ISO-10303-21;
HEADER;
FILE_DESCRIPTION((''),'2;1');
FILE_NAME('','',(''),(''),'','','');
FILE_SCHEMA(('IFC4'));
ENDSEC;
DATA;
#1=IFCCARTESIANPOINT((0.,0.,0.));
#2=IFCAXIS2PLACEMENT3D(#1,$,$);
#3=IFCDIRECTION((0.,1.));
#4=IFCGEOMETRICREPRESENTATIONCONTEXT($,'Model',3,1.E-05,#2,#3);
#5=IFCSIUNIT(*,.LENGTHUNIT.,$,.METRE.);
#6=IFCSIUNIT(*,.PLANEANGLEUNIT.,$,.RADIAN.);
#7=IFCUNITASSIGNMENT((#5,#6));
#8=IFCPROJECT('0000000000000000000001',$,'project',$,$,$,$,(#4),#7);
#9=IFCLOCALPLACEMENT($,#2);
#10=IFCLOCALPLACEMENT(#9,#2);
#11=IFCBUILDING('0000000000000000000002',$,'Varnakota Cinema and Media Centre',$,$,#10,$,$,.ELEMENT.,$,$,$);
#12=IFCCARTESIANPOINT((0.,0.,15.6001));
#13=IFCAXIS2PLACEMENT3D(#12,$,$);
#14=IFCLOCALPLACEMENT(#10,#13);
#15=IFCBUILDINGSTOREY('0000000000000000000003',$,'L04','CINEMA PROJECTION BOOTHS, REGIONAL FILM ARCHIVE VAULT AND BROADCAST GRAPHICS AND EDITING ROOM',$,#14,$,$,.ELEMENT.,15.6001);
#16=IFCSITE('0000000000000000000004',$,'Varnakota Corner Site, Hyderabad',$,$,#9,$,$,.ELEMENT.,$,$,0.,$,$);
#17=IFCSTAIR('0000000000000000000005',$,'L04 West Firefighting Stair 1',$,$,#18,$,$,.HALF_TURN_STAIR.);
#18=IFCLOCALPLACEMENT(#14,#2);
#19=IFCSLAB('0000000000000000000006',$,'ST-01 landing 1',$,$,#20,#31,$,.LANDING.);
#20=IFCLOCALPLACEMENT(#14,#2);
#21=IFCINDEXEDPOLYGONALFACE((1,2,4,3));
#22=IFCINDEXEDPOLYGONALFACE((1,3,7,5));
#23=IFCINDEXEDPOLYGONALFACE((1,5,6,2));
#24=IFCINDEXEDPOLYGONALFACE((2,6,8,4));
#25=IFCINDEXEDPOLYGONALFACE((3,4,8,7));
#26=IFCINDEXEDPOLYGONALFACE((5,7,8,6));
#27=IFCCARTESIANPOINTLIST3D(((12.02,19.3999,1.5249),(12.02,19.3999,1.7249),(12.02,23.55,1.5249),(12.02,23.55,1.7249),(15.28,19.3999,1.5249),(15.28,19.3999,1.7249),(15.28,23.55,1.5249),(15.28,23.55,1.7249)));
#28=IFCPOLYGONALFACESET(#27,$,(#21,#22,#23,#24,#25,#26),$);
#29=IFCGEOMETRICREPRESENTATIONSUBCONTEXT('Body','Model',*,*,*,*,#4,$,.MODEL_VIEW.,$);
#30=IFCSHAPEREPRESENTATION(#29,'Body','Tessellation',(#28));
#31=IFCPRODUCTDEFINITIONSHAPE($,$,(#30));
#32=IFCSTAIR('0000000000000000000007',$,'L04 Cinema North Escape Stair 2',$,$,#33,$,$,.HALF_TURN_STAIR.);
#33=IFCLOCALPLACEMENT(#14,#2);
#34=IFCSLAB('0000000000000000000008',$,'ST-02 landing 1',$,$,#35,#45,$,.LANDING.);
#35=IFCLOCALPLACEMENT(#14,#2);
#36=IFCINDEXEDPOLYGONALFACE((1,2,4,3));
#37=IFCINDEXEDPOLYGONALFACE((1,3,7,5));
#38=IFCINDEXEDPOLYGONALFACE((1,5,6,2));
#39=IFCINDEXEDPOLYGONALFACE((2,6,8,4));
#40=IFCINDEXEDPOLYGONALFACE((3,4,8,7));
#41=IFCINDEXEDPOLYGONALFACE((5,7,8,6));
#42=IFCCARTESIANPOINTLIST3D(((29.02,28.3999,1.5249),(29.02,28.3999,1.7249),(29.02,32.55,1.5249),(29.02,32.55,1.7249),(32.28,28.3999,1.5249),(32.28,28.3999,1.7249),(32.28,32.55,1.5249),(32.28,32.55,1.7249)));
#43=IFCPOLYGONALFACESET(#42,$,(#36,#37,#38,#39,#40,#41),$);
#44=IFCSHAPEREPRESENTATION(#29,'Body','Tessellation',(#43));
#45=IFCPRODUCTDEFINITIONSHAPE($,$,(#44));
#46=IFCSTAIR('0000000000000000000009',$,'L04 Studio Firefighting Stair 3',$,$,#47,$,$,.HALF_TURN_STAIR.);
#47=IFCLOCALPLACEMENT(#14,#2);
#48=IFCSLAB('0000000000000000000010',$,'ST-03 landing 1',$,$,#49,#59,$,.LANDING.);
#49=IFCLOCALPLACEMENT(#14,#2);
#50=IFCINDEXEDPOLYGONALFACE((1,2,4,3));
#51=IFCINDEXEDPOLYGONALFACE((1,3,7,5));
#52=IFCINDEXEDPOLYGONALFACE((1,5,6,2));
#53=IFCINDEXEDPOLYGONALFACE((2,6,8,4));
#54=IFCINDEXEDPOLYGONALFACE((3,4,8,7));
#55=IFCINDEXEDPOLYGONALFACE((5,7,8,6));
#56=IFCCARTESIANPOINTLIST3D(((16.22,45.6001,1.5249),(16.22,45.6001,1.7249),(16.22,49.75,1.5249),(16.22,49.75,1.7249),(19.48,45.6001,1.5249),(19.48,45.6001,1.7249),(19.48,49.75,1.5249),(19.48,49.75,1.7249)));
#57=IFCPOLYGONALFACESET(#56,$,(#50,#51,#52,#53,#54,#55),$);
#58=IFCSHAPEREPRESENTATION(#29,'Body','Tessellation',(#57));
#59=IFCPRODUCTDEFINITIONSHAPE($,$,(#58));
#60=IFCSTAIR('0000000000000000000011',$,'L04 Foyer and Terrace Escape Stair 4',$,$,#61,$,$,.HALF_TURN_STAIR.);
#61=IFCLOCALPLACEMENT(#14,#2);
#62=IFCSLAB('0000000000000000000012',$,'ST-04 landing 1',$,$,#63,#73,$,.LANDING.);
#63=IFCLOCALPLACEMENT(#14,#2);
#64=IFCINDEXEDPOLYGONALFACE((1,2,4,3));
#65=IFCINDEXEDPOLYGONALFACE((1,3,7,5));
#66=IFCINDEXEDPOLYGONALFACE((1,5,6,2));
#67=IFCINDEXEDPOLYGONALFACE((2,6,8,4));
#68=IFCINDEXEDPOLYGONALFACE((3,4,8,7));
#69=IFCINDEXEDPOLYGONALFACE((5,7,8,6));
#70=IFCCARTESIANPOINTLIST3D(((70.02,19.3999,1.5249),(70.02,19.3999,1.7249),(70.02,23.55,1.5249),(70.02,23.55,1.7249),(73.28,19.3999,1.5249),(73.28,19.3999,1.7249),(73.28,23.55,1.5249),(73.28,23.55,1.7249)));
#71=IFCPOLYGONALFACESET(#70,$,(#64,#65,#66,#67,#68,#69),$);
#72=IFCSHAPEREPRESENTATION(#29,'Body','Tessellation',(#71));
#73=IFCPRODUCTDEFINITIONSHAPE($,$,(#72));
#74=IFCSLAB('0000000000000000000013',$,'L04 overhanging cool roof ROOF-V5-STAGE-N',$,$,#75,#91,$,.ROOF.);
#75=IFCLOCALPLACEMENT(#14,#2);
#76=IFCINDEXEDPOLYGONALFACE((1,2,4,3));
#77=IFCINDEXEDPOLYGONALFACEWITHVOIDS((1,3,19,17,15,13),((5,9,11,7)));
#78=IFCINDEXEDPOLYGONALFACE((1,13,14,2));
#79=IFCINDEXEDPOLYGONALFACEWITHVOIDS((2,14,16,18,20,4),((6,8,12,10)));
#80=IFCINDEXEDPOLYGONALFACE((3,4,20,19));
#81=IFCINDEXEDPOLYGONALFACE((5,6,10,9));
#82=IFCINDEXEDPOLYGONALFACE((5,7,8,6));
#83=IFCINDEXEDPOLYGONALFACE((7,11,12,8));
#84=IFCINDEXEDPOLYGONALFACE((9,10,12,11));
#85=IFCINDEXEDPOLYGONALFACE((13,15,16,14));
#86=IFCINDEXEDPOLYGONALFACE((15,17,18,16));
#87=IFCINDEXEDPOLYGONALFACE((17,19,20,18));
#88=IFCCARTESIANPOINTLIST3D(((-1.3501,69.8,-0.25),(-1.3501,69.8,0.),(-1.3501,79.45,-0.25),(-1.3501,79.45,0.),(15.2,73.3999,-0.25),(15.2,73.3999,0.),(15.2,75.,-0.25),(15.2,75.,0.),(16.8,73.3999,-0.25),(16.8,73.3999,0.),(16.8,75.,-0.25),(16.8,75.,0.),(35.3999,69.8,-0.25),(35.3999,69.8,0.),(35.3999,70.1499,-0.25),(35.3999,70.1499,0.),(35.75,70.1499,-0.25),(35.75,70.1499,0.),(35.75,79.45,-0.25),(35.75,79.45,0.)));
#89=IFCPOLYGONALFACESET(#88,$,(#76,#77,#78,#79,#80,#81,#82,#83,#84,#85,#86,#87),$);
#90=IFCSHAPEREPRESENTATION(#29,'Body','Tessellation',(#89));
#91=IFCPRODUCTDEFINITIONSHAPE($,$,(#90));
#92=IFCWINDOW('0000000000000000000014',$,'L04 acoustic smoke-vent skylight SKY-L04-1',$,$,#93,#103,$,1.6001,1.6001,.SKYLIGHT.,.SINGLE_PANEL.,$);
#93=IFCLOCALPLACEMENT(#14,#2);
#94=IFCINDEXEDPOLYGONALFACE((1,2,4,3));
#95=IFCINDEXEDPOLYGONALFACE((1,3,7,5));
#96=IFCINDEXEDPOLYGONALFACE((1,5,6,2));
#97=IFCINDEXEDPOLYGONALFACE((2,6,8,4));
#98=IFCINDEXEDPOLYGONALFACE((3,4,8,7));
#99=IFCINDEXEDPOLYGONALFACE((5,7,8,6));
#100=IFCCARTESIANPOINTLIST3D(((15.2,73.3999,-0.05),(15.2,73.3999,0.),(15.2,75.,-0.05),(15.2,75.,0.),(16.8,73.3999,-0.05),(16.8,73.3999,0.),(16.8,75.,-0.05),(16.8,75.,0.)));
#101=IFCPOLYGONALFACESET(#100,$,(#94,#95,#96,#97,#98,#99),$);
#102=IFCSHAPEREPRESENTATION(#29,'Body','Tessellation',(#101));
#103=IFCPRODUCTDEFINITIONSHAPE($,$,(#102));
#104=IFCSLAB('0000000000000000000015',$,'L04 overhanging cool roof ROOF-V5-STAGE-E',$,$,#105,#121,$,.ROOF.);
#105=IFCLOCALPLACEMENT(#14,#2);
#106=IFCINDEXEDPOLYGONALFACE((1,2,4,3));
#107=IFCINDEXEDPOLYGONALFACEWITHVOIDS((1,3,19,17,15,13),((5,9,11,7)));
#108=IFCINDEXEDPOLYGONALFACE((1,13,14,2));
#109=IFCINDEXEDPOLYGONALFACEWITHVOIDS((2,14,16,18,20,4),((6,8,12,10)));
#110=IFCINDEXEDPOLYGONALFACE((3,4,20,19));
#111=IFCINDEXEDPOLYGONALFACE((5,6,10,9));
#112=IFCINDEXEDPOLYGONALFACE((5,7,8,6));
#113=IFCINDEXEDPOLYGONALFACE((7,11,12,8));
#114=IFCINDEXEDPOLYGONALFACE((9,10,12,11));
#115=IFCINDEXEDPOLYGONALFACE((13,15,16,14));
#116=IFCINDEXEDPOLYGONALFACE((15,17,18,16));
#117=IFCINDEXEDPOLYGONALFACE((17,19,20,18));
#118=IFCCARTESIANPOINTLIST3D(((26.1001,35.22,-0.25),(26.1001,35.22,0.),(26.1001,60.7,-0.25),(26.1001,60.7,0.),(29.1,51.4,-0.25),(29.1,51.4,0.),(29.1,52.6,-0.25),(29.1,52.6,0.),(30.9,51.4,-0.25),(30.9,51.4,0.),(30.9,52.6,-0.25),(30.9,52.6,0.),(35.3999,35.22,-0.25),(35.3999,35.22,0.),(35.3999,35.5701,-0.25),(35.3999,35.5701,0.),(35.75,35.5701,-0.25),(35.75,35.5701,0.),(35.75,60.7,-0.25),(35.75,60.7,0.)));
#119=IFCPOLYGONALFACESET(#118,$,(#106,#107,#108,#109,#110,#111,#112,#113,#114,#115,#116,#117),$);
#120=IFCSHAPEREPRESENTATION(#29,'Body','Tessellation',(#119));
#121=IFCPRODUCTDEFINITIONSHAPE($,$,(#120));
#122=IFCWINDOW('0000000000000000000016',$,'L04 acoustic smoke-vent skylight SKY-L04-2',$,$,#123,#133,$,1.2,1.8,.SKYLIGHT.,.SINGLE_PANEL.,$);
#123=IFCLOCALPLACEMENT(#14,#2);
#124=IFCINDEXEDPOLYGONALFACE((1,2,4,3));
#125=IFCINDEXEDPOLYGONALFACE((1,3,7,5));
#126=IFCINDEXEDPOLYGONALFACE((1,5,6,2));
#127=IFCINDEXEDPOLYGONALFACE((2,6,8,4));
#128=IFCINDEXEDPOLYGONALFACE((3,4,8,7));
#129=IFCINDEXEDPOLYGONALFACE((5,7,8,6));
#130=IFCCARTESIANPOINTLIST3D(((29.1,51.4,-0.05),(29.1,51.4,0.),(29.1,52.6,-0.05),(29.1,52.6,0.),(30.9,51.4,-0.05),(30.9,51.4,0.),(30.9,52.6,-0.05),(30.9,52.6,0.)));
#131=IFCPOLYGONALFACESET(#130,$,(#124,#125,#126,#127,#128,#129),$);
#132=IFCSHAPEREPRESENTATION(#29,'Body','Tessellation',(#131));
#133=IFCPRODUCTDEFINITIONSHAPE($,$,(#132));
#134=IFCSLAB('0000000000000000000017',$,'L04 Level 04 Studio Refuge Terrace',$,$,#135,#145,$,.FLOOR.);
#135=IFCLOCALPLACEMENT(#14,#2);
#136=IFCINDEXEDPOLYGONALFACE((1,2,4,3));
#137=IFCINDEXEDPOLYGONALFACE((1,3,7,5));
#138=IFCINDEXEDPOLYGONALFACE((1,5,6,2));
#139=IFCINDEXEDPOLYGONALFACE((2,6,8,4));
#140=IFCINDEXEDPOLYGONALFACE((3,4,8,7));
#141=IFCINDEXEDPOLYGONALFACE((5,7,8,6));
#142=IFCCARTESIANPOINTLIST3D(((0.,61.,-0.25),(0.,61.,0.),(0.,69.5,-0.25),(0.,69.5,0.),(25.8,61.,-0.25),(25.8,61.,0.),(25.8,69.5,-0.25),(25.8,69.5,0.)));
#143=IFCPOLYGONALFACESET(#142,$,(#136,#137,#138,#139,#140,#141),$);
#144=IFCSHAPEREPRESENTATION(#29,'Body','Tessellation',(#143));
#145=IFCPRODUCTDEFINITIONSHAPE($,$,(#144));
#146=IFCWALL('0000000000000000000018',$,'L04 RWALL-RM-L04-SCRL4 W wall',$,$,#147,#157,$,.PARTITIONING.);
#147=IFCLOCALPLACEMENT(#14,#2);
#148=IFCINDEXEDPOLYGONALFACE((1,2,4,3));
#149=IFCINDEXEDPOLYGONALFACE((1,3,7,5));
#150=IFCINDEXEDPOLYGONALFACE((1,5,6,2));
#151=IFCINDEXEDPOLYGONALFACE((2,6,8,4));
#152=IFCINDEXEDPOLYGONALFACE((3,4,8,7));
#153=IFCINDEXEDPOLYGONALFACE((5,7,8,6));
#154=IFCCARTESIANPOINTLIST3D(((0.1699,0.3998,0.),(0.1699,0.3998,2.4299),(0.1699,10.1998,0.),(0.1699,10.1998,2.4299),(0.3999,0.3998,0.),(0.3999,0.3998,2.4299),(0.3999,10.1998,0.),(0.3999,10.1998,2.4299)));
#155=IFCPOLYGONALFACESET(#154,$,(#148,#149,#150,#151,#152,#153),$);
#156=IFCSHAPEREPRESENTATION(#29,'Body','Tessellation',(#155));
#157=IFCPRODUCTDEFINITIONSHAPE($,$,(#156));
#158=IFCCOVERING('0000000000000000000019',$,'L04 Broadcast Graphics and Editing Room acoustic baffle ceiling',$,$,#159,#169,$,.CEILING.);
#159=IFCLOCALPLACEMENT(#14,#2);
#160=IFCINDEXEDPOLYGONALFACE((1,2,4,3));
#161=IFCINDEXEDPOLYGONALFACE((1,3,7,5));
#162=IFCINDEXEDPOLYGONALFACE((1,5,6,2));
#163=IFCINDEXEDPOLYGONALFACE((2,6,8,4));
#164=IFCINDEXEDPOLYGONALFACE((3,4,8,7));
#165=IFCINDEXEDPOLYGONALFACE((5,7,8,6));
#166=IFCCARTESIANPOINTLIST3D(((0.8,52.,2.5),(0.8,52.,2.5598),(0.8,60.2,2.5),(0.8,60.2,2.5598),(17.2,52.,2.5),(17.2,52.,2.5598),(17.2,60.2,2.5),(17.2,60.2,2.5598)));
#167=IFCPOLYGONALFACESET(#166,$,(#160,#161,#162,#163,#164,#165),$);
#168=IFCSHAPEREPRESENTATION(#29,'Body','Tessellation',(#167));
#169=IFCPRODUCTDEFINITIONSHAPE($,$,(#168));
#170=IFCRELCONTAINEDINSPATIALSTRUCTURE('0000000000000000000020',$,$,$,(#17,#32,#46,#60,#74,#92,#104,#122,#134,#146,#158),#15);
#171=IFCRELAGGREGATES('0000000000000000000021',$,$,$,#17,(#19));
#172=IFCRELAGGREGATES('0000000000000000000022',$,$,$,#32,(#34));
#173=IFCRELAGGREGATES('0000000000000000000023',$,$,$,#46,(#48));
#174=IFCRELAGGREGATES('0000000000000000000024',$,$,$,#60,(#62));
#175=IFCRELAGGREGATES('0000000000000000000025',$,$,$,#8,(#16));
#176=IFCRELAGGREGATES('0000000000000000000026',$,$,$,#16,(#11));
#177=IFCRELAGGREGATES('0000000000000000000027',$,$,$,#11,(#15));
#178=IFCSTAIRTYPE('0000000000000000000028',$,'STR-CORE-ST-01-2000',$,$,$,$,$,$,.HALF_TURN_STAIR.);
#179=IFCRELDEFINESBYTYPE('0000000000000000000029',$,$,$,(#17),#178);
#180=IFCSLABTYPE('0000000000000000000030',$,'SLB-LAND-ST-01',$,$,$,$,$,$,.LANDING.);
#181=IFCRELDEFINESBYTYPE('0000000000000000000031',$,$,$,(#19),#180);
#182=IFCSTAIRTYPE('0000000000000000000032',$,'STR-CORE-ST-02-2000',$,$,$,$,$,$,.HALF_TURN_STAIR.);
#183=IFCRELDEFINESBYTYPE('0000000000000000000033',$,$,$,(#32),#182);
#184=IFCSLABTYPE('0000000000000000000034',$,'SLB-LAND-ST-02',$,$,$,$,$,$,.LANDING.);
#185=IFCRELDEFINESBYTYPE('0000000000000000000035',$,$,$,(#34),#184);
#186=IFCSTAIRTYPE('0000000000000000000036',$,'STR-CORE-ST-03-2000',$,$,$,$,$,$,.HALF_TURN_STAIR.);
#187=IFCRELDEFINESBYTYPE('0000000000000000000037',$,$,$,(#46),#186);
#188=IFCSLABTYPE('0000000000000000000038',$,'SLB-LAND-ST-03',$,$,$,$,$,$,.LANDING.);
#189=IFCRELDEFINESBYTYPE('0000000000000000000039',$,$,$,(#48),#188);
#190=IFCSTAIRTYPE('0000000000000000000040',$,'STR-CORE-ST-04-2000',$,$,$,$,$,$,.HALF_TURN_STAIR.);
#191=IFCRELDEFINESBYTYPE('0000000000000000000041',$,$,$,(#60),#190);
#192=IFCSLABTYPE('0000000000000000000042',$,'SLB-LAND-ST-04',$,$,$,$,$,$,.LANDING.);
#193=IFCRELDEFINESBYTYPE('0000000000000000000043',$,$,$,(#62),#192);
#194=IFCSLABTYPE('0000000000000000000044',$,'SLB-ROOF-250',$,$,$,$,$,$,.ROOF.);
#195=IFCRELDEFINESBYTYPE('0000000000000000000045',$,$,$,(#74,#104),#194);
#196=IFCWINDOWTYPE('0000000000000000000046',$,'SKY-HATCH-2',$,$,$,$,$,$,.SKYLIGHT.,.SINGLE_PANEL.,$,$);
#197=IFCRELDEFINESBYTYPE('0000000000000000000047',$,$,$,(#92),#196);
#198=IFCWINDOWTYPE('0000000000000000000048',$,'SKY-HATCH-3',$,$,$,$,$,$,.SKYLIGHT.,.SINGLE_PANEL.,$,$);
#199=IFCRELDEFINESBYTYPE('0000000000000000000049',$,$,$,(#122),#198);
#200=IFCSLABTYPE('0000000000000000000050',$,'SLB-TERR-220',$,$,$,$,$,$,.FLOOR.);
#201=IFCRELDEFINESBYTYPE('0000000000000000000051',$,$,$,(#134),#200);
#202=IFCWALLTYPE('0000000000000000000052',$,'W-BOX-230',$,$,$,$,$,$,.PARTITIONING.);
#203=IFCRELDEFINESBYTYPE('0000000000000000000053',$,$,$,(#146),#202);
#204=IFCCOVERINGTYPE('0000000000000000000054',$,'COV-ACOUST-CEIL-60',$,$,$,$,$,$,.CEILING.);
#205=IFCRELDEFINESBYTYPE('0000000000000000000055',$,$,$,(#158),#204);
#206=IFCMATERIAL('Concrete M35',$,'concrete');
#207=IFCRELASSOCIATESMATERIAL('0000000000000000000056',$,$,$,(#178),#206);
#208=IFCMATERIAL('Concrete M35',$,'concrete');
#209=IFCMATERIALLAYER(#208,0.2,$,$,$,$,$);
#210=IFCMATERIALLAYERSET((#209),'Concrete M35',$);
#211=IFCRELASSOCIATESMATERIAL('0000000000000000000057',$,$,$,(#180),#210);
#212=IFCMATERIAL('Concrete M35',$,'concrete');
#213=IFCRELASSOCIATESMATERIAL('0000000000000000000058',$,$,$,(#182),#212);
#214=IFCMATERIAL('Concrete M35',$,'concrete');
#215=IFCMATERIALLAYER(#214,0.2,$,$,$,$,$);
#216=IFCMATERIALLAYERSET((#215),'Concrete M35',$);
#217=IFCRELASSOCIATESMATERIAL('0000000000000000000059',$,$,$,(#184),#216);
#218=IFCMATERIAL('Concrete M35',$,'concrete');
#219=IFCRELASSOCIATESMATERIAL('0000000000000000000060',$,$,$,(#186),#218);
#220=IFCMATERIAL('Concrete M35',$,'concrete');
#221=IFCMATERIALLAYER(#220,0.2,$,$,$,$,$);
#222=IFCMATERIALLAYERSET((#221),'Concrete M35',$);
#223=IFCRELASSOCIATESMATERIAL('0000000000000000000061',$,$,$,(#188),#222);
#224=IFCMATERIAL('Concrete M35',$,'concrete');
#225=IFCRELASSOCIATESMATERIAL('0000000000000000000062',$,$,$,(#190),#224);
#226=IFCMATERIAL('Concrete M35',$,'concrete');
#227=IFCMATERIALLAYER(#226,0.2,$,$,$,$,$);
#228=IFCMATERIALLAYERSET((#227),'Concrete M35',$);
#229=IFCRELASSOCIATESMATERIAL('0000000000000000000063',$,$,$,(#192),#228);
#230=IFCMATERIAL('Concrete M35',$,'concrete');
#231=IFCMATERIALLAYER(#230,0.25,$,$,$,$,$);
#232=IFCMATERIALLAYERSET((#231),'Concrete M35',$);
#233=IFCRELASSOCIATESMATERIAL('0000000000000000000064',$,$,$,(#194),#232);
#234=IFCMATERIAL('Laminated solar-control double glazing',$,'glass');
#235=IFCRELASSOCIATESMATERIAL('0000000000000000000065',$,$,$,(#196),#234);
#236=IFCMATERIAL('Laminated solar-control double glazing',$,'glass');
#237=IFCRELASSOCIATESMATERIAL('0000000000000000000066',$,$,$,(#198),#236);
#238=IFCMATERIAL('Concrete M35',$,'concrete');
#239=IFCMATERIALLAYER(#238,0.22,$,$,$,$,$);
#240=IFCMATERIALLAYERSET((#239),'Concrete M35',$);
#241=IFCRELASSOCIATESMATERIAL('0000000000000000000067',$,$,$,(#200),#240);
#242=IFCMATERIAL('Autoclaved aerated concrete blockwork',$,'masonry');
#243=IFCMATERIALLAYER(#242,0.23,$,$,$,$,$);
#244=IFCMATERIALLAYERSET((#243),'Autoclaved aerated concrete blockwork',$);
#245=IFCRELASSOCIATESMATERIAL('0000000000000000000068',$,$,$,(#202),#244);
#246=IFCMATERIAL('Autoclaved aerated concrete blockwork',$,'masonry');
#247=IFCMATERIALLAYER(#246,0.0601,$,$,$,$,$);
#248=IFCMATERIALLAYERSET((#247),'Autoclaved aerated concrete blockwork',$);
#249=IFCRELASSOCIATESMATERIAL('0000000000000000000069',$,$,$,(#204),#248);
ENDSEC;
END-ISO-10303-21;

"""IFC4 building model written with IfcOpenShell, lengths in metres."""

from ifc_helpers import new_model, si_unit, direction, frame, frame_2d, origin, origin_2d, place, context, subcontext, project, spatial, polyline, rectangle, outline, extrude, material, layer, layer_set, type_object, element, fill, aggregate, save


model = new_model("IFC4")

# Units and contexts
model_context = context("Model", 3, precision=1e-05, world=origin(), true_north=direction((0.0, 1.0)))
body_context = subcontext(model_context, "Body", "Model", "MODEL_VIEW")
ifc_project = project(units=[si_unit("LENGTHUNIT", "METRE"), si_unit("PLANEANGLEUNIT", "RADIAN")], contexts=[model_context])

# Site, building, storey
site_placement = place(None, origin())
site = spatial("IfcSite", under=ifc_project, at=site_placement, Name="Varnakota Corner Site, Hyderabad", CompositionType="ELEMENT", RefElevation=0.0)
building_placement = place(site_placement, origin())
building = spatial("IfcBuilding", under=site, at=building_placement, Name="Varnakota Cinema and Media Centre", CompositionType="ELEMENT")
storey_placement = place(building_placement, frame((0.0, 0.0, 15.6001)))
storey = spatial("IfcBuildingStorey", under=building, at=storey_placement, Name="L04", Description="CINEMA PROJECTION BOOTHS, REGIONAL FILM ARCHIVE VAULT AND BROADCAST GRAPHICS AND EDITING ROOM", CompositionType="ELEMENT", Elevation=15.6001)

# Stairs, slabs
ifc_material_1 = material(Name="Concrete M35", Category="concrete")
stair_type_1 = type_object("IfcStairType", Name="STR-CORE-ST-01-2000", PredefinedType="HALF_TURN_STAIR", material=ifc_material_1)
stair_1_placement = place(storey_placement, origin())
stair_1 = element("IfcStair", 1, at=stair_1_placement, inside=storey, type_object=stair_type_1, Name="L04 West Firefighting Stair 1", PredefinedType="HALF_TURN_STAIR")
ifc_material_2 = material(Name="Concrete M35", Category="concrete")
ifc_layer_1 = layer(ifc_material_2, 0.2)
ifc_layer_set_1 = layer_set([ifc_layer_1], Name="Concrete M35")
slab_type_1 = type_object("IfcSlabType", Name="SLB-LAND-ST-01", PredefinedType="LANDING", material=ifc_layer_set_1)
slab_1_placement = place(storey_placement, frame((0.0, 0.0, 1.5249)))
slab_1 = element("IfcSlab", 2, at=slab_1_placement, type_object=slab_type_1, Name="ST-01 landing 1", PredefinedType="LANDING", context=body_context, shape_type="SweptSolid", body=[
    extrude(outline(polyline([(12.02, 19.3999), (15.28, 19.3999), (15.28, 23.55), (12.02, 23.55), (12.02, 19.3999)])), origin(), (0.0, 0.0, 1.0), 0.2),
])
aggregate(stair_1, [slab_1])
ifc_material_3 = material(Name="Concrete M35", Category="concrete")
stair_type_2 = type_object("IfcStairType", Name="STR-CORE-ST-02-2000", PredefinedType="HALF_TURN_STAIR", material=ifc_material_3)
stair_2_placement = place(storey_placement, origin())
stair_2 = element("IfcStair", 3, at=stair_2_placement, inside=storey, type_object=stair_type_2, Name="L04 Cinema North Escape Stair 2", PredefinedType="HALF_TURN_STAIR")
ifc_material_4 = material(Name="Concrete M35", Category="concrete")
ifc_layer_2 = layer(ifc_material_4, 0.2)
ifc_layer_set_2 = layer_set([ifc_layer_2], Name="Concrete M35")
slab_type_2 = type_object("IfcSlabType", Name="SLB-LAND-ST-02", PredefinedType="LANDING", material=ifc_layer_set_2)
slab_2_placement = place(storey_placement, frame((0.0, 0.0, 1.5249)))
slab_2 = element("IfcSlab", 4, at=slab_2_placement, type_object=slab_type_2, Name="ST-02 landing 1", PredefinedType="LANDING", context=body_context, shape_type="SweptSolid", body=[
    extrude(outline(polyline([(29.02, 28.3999), (32.28, 28.3999), (32.28, 32.55), (29.02, 32.55), (29.02, 28.3999)])), origin(), (0.0, 0.0, 1.0), 0.2),
])
aggregate(stair_2, [slab_2])
ifc_material_5 = material(Name="Concrete M35", Category="concrete")
stair_type_3 = type_object("IfcStairType", Name="STR-CORE-ST-03-2000", PredefinedType="HALF_TURN_STAIR", material=ifc_material_5)
stair_3_placement = place(storey_placement, origin())
stair_3 = element("IfcStair", 5, at=stair_3_placement, inside=storey, type_object=stair_type_3, Name="L04 Studio Firefighting Stair 3", PredefinedType="HALF_TURN_STAIR")
ifc_material_6 = material(Name="Concrete M35", Category="concrete")
ifc_layer_3 = layer(ifc_material_6, 0.2)
ifc_layer_set_3 = layer_set([ifc_layer_3], Name="Concrete M35")
slab_type_3 = type_object("IfcSlabType", Name="SLB-LAND-ST-03", PredefinedType="LANDING", material=ifc_layer_set_3)
slab_3_placement = place(storey_placement, frame((0.0, 0.0, 1.5249)))
slab_3 = element("IfcSlab", 6, at=slab_3_placement, type_object=slab_type_3, Name="ST-03 landing 1", PredefinedType="LANDING", context=body_context, shape_type="SweptSolid", body=[
    extrude(outline(polyline([(16.22, 45.6001), (19.48, 45.6001), (19.48, 49.75), (16.22, 49.75), (16.22, 45.6001)])), origin(), (0.0, 0.0, 1.0), 0.2),
])
aggregate(stair_3, [slab_3])
ifc_material_7 = material(Name="Concrete M35", Category="concrete")
stair_type_4 = type_object("IfcStairType", Name="STR-CORE-ST-04-2000", PredefinedType="HALF_TURN_STAIR", material=ifc_material_7)
stair_4_placement = place(storey_placement, origin())
stair_4 = element("IfcStair", 7, at=stair_4_placement, inside=storey, type_object=stair_type_4, Name="L04 Foyer and Terrace Escape Stair 4", PredefinedType="HALF_TURN_STAIR")
ifc_material_8 = material(Name="Concrete M35", Category="concrete")
ifc_layer_4 = layer(ifc_material_8, 0.2)
ifc_layer_set_4 = layer_set([ifc_layer_4], Name="Concrete M35")
slab_type_4 = type_object("IfcSlabType", Name="SLB-LAND-ST-04", PredefinedType="LANDING", material=ifc_layer_set_4)
slab_4_placement = place(storey_placement, frame((0.0, 0.0, 1.5249)))
slab_4 = element("IfcSlab", 8, at=slab_4_placement, type_object=slab_type_4, Name="ST-04 landing 1", PredefinedType="LANDING", context=body_context, shape_type="SweptSolid", body=[
    extrude(outline(polyline([(70.02, 19.3999), (73.28, 19.3999), (73.28, 23.55), (70.02, 23.55), (70.02, 19.3999)])), origin(), (0.0, 0.0, 1.0), 0.2),
])
aggregate(stair_4, [slab_4])

# Slabs, openings, windows
ifc_material_9 = material(Name="Concrete M35", Category="concrete")
ifc_layer_5 = layer(ifc_material_9, 0.25)
ifc_layer_set_5 = layer_set([ifc_layer_5], Name="Concrete M35")
slab_type_5 = type_object("IfcSlabType", Name="SLB-ROOF-250", PredefinedType="ROOF", material=ifc_layer_set_5)
slab_5_placement = place(storey_placement, frame((0.0, 0.0, -0.25)))
slab_5 = element("IfcSlab", 9, at=slab_5_placement, inside=storey, type_object=slab_type_5, Name="L04 overhanging cool roof ROOF-V5-STAGE-N", PredefinedType="ROOF", context=body_context, shape_type="SweptSolid", body=[
    extrude(outline(polyline([(-1.3501, 69.8), (35.3999, 69.8), (35.3999, 70.1499), (35.75, 70.1499), (35.75, 79.45), (-1.3501, 79.45), (-1.3501, 69.8)])), origin(), (0.0, 0.0, 1.0), 0.25),
])
opening_1_placement = place(slab_5_placement, frame((16.0, 74.2, 0.0)))
opening_1 = element("IfcOpeningElement", 10, at=opening_1_placement, cuts=slab_5, PredefinedType="OPENING", context=body_context, shape_type="SweptSolid", body=[
    extrude(rectangle(XDim=1.6001, YDim=1.6001, at=origin_2d()), origin(), (0.0, 0.0, 1.0), 0.25),
])
ifc_material_10 = material(Name="Laminated solar-control double glazing", Category="glass")
window_type_1 = type_object("IfcWindowType", Name="SKY-HATCH-2", PartitioningType="SINGLE_PANEL", PredefinedType="SKYLIGHT", material=ifc_material_10)
window_1_placement = place(opening_1_placement, frame((0.0, 0.0, 0.2)))
window_1 = element("IfcWindow", 11, at=window_1_placement, inside=storey, type_object=window_type_1, Name="L04 acoustic smoke-vent skylight SKY-L04-1", OverallHeight=1.6001, OverallWidth=1.6001, PartitioningType="SINGLE_PANEL", PredefinedType="SKYLIGHT", context=body_context, shape_type="SweptSolid", body=[
    extrude(rectangle(XDim=1.6001, YDim=1.6001, at=origin_2d()), origin(), (0.0, 0.0, 1.0), 0.05),
])
fill(opening_1, window_1)
slab_6_placement = place(storey_placement, frame((0.0, 0.0, -0.25)))
slab_6 = element("IfcSlab", 12, at=slab_6_placement, inside=storey, type_object=slab_type_5, Name="L04 overhanging cool roof ROOF-V5-STAGE-E", PredefinedType="ROOF", context=body_context, shape_type="SweptSolid", body=[
    extrude(outline(polyline([(26.1001, 35.22), (35.3999, 35.22), (35.3999, 35.5701), (35.75, 35.5701), (35.75, 60.7), (26.1001, 60.7), (26.1001, 35.22)])), origin(), (0.0, 0.0, 1.0), 0.25),
])
opening_2_placement = place(slab_6_placement, frame((30.0, 52.0, 0.0)))
opening_2 = element("IfcOpeningElement", 13, at=opening_2_placement, cuts=slab_6, PredefinedType="OPENING", context=body_context, shape_type="SweptSolid", body=[
    extrude(rectangle(XDim=1.8, YDim=1.2, at=origin_2d()), origin(), (0.0, 0.0, 1.0), 0.25),
])
ifc_material_11 = material(Name="Laminated solar-control double glazing", Category="glass")
window_type_2 = type_object("IfcWindowType", Name="SKY-HATCH-3", PartitioningType="SINGLE_PANEL", PredefinedType="SKYLIGHT", material=ifc_material_11)
window_2_placement = place(opening_2_placement, frame((0.0, 0.0, 0.2)))
window_2 = element("IfcWindow", 14, at=window_2_placement, inside=storey, type_object=window_type_2, Name="L04 acoustic smoke-vent skylight SKY-L04-2", OverallHeight=1.2, OverallWidth=1.8, PartitioningType="SINGLE_PANEL", PredefinedType="SKYLIGHT", context=body_context, shape_type="SweptSolid", body=[
    extrude(rectangle(XDim=1.8, YDim=1.2, at=origin_2d()), origin(), (0.0, 0.0, 1.0), 0.05),
])
fill(opening_2, window_2)

# Slab
ifc_material_12 = material(Name="Concrete M35", Category="concrete")
ifc_layer_6 = layer(ifc_material_12, 0.22)
ifc_layer_set_6 = layer_set([ifc_layer_6], Name="Concrete M35")
slab_type_6 = type_object("IfcSlabType", Name="SLB-TERR-220", PredefinedType="FLOOR", material=ifc_layer_set_6)
slab_7_placement = place(storey_placement, frame((0.0, 0.0, -0.25)))
element("IfcSlab", 15, at=slab_7_placement, inside=storey, type_object=slab_type_6, Name="L04 Level 04 Studio Refuge Terrace", PredefinedType="FLOOR", context=body_context, shape_type="SweptSolid", body=[
    extrude(outline(polyline([(0.0, 61.0), (25.8, 61.0), (25.8, 69.5), (0.0, 69.5), (0.0, 61.0)])), origin(), (0.0, 0.0, 1.0), 0.25),
])

# Wall
ifc_material_13 = material(Name="Autoclaved aerated concrete blockwork", Category="masonry")
ifc_layer_7 = layer(ifc_material_13, 0.23)
ifc_layer_set_7 = layer_set([ifc_layer_7], Name="Autoclaved aerated concrete blockwork")
wall_type = type_object("IfcWallType", Name="W-BOX-230", PredefinedType="PARTITIONING", material=ifc_layer_set_7)
wall_1_placement = place(storey_placement, frame((0.2849, 0.3999, 0.0), z_axis=(0.0, 0.0, 1.0), x_axis=(0.0, 1.0, 0.0)))
element("IfcWall", 16, at=wall_1_placement, inside=storey, type_object=wall_type, Name="L04 RWALL-RM-L04-SCRL4 W wall", PredefinedType="PARTITIONING", context=body_context, shape_type="SweptSolid", body=[
    extrude(rectangle(XDim=9.8, YDim=0.23, at=frame_2d((4.8999, 0.0))), origin(), (0.0, 0.0, 1.0), 2.4299),
])

# Covering
ifc_material_14 = material(Name="Autoclaved aerated concrete blockwork", Category="masonry")
ifc_layer_8 = layer(ifc_material_14, 0.0601)
ifc_layer_set_8 = layer_set([ifc_layer_8], Name="Autoclaved aerated concrete blockwork")
covering_type_1 = type_object("IfcCoveringType", Name="COV-ACOUST-CEIL-60", PredefinedType="CEILING", material=ifc_layer_set_8)
covering_1_placement = place(storey_placement, frame((0.0, 0.0, 2.5)))
element("IfcCovering", 17, at=covering_1_placement, inside=storey, type_object=covering_type_1, Name="L04 Broadcast Graphics and Editing Room acoustic baffle ceiling", PredefinedType="CEILING", context=body_context, shape_type="SweptSolid", body=[
    extrude(outline(polyline([(0.8, 52.0), (17.2, 52.0), (17.2, 60.2), (0.8, 60.2), (0.8, 52.0)])), origin(), (0.0, 0.0, 1.0), 0.0598),
])

save(model, "model.ifc")
